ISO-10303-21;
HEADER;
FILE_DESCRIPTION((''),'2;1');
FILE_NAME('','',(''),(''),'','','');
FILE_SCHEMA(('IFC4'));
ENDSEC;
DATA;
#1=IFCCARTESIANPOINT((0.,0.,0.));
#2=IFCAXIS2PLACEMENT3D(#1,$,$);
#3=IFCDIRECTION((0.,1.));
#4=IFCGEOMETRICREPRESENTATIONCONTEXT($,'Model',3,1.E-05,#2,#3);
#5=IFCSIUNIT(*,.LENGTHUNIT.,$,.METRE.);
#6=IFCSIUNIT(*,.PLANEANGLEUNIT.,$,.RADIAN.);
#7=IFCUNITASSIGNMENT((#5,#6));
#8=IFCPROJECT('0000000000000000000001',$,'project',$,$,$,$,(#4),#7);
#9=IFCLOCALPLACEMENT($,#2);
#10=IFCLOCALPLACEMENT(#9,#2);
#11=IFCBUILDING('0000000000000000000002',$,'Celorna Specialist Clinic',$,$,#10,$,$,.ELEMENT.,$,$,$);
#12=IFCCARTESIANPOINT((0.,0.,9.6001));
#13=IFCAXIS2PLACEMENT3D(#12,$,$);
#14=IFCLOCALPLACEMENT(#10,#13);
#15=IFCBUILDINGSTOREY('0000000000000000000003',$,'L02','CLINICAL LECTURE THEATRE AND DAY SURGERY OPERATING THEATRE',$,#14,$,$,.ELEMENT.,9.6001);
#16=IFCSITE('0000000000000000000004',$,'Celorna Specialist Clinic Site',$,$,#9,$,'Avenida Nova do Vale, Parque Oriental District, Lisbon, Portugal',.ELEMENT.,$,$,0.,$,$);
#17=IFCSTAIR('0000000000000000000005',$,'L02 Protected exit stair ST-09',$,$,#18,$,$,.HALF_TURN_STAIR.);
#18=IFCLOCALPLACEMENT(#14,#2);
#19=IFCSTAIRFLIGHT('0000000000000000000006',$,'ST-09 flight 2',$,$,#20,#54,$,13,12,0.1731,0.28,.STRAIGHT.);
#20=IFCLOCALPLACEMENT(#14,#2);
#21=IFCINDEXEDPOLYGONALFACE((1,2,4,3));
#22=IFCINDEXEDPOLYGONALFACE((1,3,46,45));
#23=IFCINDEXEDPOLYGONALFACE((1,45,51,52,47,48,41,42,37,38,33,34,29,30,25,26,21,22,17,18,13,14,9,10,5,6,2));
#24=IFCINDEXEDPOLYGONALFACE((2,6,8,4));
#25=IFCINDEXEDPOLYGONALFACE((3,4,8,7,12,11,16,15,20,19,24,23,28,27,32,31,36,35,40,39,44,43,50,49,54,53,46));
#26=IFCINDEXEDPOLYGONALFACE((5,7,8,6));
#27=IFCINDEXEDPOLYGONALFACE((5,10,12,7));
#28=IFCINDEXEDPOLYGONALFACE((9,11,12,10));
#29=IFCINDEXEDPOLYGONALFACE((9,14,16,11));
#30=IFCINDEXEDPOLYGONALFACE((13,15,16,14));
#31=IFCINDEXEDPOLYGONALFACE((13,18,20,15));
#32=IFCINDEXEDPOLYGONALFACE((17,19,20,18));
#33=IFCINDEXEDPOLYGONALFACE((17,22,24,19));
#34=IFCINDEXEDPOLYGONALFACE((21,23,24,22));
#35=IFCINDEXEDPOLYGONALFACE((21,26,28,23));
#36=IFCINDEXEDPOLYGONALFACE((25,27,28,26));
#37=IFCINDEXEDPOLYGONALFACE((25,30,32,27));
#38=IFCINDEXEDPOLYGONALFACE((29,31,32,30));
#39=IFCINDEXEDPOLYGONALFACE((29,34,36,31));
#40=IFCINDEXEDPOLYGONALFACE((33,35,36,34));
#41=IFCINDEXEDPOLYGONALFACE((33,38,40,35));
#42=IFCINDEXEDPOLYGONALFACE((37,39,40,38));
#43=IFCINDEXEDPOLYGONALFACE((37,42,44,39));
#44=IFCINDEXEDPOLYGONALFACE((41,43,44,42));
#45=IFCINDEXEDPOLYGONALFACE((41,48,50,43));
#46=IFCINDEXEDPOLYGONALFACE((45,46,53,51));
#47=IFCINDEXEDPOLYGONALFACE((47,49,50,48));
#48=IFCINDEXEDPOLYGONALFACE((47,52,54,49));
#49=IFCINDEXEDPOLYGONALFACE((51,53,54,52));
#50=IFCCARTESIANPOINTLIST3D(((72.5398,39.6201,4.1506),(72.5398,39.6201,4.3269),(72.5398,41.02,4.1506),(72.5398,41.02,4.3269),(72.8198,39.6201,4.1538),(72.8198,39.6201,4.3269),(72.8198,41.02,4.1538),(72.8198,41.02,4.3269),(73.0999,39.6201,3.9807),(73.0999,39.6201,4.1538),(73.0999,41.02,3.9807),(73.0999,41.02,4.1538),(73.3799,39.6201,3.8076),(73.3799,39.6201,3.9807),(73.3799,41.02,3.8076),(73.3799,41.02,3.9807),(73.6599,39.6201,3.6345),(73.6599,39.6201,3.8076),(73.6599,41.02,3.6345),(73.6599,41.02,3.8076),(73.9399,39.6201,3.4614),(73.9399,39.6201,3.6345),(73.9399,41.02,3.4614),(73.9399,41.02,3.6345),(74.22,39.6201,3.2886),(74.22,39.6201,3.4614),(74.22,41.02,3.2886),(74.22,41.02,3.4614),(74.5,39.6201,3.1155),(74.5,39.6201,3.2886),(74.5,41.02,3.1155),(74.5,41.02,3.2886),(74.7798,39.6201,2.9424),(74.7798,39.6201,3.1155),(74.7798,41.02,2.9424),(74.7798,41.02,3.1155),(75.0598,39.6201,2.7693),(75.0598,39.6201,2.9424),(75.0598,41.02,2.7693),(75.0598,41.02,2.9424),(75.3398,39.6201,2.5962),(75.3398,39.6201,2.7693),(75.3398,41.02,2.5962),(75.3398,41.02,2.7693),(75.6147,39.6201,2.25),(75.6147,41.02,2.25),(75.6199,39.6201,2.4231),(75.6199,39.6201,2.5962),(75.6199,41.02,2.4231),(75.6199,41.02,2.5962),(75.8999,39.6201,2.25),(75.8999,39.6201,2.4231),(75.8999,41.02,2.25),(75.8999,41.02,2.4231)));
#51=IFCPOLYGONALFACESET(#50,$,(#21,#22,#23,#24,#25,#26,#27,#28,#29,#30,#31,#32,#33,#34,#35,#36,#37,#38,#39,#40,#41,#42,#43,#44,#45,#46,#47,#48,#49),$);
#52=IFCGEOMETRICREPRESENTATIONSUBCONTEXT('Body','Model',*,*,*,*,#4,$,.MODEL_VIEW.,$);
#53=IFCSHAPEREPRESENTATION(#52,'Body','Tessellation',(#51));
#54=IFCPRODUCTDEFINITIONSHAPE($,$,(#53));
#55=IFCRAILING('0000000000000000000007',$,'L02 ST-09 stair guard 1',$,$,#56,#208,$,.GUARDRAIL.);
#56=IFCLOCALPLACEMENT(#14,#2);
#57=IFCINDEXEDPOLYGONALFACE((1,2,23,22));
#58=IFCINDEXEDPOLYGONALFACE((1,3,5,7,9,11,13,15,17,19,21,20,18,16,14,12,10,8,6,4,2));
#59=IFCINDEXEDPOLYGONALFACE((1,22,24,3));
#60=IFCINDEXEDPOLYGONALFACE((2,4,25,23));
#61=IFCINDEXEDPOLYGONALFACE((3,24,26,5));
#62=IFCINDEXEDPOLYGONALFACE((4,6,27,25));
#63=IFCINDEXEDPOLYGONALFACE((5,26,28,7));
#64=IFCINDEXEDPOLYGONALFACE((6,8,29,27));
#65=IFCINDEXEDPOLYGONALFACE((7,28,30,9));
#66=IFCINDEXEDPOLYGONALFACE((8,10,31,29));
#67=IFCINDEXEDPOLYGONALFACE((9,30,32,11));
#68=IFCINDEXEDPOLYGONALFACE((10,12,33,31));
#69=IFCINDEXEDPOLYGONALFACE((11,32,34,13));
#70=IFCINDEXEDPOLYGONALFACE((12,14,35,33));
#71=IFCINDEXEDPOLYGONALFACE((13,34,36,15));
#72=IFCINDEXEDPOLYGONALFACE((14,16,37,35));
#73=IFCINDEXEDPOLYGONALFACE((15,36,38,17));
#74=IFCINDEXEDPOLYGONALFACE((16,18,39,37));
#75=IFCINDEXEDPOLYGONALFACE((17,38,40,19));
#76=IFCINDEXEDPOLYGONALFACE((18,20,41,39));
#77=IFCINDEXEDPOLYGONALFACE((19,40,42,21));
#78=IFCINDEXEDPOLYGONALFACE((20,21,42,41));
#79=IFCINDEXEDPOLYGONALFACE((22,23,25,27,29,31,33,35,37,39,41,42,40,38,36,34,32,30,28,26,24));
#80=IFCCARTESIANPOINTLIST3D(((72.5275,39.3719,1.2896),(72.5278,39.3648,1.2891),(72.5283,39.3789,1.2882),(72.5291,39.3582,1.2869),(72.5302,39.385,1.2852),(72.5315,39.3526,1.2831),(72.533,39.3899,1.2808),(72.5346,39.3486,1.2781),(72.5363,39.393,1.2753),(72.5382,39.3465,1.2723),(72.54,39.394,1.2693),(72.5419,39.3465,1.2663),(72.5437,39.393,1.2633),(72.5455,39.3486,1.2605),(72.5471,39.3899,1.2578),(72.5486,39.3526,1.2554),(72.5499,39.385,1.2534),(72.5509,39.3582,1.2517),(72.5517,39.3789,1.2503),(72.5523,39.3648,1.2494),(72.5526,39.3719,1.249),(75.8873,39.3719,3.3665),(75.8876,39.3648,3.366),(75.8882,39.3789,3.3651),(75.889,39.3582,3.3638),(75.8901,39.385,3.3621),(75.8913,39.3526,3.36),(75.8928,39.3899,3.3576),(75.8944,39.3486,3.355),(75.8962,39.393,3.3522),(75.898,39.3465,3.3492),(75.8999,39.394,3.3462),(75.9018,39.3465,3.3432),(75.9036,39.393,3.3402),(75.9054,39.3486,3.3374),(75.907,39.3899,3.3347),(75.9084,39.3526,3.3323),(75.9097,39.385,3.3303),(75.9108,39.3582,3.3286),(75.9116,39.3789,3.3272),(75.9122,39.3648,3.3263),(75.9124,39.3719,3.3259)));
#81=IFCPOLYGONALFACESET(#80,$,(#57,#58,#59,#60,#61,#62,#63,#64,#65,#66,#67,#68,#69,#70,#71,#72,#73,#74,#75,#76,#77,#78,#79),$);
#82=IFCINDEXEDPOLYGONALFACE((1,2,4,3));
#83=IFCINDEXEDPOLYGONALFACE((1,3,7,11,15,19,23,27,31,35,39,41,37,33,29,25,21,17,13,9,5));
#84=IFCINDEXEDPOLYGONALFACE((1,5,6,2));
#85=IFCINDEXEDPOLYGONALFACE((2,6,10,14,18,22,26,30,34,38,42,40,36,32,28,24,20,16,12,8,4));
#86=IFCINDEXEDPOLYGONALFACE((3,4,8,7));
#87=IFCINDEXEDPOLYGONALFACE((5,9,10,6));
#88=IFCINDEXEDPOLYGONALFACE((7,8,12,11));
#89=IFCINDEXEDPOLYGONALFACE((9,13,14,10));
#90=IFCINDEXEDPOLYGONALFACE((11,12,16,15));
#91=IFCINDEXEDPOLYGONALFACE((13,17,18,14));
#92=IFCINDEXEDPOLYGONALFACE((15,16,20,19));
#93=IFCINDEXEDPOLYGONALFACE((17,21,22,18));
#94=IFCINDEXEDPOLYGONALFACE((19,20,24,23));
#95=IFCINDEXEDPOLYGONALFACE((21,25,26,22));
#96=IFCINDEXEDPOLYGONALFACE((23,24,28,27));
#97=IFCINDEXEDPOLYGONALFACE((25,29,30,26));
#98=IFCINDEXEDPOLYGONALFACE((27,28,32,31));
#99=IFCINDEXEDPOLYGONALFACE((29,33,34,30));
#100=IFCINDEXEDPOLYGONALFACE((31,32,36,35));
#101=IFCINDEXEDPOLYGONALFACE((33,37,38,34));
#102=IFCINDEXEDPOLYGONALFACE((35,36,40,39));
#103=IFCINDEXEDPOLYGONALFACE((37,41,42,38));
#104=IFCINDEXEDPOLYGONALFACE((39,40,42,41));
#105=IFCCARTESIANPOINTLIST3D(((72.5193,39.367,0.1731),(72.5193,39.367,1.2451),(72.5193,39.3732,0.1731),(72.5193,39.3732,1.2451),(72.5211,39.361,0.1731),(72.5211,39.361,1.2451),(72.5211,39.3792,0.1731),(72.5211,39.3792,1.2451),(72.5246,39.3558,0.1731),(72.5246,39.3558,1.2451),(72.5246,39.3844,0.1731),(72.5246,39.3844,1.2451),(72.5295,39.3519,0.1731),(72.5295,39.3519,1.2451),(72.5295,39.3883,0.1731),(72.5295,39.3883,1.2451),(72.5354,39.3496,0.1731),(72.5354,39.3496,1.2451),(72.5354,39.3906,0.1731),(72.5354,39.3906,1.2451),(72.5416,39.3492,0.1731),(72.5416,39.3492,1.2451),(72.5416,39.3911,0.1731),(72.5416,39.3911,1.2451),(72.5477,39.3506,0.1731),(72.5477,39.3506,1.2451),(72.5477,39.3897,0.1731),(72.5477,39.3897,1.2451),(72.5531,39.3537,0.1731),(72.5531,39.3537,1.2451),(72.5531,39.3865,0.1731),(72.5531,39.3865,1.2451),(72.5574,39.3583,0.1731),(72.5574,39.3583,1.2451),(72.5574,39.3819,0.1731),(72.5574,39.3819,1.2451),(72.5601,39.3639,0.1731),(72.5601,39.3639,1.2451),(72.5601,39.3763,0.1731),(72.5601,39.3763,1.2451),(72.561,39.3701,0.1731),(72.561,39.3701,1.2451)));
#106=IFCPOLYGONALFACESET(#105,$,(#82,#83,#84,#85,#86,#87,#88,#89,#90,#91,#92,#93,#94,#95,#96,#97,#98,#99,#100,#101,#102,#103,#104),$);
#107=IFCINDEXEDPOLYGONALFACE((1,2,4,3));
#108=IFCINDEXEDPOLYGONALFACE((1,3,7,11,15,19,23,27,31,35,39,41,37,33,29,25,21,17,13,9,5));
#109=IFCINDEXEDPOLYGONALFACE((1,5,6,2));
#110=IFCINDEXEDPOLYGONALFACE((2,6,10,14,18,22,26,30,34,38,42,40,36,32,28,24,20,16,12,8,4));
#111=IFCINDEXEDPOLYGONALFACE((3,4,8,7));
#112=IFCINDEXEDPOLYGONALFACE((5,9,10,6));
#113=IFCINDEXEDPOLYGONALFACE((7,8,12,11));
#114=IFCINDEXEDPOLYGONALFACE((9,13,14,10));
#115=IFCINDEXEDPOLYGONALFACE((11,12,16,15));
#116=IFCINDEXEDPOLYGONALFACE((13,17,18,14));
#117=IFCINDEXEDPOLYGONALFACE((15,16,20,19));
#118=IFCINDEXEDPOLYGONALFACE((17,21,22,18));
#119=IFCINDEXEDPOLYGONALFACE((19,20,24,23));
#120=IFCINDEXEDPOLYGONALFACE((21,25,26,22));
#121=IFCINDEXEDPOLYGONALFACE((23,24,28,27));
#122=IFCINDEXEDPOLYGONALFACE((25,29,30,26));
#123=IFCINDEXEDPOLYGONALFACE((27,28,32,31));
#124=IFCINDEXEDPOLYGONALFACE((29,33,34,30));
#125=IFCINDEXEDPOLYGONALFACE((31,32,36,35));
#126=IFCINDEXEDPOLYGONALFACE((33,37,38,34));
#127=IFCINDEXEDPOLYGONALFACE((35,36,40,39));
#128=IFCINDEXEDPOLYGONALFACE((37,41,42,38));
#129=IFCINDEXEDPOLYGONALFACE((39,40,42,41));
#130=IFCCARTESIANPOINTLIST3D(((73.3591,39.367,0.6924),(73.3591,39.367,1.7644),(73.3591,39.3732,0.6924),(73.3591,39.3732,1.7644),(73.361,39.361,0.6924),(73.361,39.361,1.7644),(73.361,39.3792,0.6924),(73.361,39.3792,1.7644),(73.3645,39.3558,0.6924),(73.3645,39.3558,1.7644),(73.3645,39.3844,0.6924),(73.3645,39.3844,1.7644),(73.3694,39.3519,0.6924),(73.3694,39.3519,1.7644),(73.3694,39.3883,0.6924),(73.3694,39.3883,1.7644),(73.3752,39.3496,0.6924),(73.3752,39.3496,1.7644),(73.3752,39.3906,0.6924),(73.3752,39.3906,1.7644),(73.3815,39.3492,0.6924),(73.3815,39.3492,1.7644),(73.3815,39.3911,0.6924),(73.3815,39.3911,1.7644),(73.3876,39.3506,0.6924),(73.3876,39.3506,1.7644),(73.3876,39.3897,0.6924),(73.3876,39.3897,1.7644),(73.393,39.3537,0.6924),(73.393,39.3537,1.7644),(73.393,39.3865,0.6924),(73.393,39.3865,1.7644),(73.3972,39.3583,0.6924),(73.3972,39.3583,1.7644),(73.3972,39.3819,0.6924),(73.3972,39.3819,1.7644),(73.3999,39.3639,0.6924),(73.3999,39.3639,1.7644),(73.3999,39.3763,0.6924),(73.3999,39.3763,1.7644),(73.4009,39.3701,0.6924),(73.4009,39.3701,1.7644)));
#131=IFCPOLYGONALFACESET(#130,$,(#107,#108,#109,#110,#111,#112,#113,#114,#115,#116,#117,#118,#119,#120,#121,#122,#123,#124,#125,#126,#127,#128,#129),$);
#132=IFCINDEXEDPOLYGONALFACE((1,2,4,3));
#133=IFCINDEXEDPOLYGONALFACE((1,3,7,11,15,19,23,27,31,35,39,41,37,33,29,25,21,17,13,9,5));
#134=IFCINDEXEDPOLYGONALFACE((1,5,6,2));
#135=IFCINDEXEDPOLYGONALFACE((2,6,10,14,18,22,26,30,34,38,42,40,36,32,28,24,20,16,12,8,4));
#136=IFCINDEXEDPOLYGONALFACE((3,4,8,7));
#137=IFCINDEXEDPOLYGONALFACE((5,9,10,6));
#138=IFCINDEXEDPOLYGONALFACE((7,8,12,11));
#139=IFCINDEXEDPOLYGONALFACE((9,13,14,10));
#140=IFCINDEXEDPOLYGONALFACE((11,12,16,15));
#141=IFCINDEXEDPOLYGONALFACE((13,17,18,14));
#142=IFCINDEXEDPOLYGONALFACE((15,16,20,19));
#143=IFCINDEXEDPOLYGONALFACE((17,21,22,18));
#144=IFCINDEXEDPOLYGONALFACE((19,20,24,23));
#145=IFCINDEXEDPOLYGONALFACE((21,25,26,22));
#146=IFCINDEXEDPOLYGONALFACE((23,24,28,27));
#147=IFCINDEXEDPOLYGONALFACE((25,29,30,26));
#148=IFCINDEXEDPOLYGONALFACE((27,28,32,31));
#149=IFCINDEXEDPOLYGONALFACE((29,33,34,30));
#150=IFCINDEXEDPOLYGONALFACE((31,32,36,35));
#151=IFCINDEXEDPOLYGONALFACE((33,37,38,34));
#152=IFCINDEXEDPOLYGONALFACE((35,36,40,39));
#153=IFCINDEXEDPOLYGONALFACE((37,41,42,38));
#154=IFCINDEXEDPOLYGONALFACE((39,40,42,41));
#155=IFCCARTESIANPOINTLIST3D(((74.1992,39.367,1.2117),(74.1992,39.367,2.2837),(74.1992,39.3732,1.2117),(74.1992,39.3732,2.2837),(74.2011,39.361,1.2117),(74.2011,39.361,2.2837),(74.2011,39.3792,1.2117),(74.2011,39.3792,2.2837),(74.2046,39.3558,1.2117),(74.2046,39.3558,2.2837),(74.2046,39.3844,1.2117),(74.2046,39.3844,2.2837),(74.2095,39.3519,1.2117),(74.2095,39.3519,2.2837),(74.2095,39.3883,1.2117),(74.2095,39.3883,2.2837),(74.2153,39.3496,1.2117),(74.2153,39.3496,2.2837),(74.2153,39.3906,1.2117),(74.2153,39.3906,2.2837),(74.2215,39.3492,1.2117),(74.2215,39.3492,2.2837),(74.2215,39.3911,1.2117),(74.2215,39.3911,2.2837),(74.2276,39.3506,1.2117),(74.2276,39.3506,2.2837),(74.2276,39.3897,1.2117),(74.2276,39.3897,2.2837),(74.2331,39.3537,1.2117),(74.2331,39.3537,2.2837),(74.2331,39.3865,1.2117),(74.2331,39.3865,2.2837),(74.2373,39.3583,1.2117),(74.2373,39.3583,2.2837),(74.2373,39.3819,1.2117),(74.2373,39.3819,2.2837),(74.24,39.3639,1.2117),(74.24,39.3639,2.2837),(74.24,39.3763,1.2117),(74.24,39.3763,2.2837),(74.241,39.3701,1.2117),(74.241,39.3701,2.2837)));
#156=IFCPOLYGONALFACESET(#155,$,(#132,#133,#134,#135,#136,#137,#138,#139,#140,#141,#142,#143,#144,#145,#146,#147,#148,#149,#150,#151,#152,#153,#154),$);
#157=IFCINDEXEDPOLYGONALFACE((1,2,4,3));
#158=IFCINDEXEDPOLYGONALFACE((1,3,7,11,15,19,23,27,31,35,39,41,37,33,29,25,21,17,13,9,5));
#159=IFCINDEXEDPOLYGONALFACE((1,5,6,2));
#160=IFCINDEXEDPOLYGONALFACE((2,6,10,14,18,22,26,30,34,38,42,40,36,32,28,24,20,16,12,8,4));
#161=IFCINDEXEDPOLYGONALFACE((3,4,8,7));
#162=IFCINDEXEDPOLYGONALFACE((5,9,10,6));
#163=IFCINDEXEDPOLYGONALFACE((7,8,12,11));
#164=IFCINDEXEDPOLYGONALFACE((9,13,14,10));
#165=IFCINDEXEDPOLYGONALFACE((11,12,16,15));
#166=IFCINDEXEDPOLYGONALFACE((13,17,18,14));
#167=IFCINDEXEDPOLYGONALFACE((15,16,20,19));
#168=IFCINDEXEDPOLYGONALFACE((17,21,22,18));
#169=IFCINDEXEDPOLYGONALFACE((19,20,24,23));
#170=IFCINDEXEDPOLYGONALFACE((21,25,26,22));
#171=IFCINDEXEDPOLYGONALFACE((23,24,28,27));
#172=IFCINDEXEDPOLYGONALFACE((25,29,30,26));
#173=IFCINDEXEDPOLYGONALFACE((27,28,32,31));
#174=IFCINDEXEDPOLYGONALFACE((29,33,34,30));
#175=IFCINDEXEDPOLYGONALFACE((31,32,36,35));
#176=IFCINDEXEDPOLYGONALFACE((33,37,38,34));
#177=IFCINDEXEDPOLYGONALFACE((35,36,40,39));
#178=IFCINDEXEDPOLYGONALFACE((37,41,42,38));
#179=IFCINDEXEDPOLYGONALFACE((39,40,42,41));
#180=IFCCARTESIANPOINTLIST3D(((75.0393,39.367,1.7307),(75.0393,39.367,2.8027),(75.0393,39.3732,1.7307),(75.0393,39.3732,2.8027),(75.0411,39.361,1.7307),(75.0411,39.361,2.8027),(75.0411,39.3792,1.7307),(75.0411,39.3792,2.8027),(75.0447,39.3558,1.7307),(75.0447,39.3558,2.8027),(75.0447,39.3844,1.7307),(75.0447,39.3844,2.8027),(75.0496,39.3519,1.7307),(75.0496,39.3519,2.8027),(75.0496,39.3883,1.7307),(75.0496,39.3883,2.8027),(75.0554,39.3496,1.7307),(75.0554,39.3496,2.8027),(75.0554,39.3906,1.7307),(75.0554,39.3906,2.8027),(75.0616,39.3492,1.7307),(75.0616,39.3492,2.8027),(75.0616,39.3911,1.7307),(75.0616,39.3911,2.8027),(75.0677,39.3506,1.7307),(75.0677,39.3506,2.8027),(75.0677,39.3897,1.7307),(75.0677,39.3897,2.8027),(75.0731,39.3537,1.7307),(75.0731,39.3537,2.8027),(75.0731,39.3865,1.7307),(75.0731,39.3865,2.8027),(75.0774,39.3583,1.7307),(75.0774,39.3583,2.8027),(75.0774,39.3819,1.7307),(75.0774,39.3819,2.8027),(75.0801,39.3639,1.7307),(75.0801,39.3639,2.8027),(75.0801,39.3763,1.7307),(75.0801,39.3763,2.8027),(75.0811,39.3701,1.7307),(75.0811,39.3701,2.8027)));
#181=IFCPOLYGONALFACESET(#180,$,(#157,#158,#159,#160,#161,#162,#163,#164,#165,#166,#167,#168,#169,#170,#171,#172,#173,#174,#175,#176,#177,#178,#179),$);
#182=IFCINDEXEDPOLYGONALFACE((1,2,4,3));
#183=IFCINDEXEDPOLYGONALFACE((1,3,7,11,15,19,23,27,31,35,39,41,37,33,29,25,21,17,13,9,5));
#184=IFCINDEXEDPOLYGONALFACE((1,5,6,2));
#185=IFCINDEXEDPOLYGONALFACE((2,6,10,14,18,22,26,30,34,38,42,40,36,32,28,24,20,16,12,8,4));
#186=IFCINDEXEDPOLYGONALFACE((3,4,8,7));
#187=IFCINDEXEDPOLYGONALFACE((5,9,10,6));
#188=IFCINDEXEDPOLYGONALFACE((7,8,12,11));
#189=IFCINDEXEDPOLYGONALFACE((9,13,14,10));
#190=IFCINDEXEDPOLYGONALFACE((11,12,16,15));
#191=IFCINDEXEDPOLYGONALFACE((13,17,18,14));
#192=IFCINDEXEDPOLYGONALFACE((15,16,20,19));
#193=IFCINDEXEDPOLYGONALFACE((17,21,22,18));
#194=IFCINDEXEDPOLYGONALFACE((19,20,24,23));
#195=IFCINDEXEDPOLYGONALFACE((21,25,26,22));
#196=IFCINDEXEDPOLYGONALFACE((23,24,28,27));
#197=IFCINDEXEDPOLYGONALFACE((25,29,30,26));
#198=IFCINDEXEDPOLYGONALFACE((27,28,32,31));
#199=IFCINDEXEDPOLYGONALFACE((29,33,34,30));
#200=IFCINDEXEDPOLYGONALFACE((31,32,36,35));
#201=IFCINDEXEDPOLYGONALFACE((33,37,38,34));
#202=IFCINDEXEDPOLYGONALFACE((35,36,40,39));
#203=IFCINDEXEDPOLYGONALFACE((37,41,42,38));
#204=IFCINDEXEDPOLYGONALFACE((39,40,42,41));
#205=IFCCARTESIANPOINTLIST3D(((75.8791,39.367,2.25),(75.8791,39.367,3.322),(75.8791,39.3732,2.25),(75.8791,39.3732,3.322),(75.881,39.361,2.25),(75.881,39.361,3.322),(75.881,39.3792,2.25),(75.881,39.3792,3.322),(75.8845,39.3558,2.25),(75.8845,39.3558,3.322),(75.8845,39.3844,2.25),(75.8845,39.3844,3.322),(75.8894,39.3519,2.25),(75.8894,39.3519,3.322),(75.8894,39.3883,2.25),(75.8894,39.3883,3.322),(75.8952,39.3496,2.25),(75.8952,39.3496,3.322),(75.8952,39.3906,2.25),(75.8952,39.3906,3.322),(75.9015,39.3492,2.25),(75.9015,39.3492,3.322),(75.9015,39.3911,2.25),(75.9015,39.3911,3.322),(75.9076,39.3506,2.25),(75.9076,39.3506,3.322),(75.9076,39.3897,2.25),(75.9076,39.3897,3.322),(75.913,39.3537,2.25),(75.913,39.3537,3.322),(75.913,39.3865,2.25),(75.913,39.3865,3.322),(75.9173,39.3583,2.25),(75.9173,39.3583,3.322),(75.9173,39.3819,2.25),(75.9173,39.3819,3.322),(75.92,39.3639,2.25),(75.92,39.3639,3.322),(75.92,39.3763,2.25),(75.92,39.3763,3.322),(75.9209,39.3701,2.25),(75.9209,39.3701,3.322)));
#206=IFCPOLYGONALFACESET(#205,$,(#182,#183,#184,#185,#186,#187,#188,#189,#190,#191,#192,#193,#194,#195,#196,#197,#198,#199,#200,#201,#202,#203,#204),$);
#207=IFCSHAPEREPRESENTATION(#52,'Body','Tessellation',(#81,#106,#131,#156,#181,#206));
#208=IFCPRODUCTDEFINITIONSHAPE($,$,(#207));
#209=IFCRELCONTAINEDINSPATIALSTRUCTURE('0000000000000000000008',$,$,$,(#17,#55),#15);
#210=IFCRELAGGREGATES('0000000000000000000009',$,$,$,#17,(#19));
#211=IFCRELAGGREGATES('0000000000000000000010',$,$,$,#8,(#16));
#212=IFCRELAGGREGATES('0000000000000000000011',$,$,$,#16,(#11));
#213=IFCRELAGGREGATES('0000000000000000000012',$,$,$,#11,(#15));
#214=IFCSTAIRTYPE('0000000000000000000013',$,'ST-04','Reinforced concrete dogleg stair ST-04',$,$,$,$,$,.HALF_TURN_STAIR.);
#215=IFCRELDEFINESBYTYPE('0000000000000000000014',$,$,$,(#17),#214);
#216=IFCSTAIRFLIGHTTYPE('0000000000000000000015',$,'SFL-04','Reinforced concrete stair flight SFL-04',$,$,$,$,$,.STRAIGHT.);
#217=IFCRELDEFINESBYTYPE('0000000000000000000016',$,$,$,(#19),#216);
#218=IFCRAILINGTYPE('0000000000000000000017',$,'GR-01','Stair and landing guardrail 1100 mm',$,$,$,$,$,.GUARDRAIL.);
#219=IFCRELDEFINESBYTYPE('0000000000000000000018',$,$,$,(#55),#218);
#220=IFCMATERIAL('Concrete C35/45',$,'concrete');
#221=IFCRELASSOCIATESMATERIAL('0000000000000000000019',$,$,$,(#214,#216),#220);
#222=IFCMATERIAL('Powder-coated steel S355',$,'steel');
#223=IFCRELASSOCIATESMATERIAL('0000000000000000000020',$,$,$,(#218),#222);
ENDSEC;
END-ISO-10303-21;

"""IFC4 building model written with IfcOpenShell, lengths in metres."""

from ifc_helpers import new_model, si_unit, direction, frame, origin, origin_2d, place, context, subcontext, project, spatial, polyline, circle, outline, extrude, material, type_object, element, aggregate, save


model = new_model("IFC4")

# Units and contexts
model_context = context("Model", 3, precision=1e-05, world=origin(), true_north=direction((0.0, 1.0)))
body_context = subcontext(model_context, "Body", "Model", "MODEL_VIEW")
ifc_project = project(units=[si_unit("LENGTHUNIT", "METRE"), si_unit("PLANEANGLEUNIT", "RADIAN")], contexts=[model_context])

# Site, building, storey
site_placement = place(None, origin())
site = spatial("IfcSite", under=ifc_project, at=site_placement, Name="Celorna Specialist Clinic Site", LongName="Avenida Nova do Vale, Parque Oriental District, Lisbon, Portugal", CompositionType="ELEMENT", RefElevation=0.0)
building_placement = place(site_placement, origin())
building = spatial("IfcBuilding", under=site, at=building_placement, Name="Celorna Specialist Clinic", CompositionType="ELEMENT")
storey_placement = place(building_placement, frame((0.0, 0.0, 9.6001)))
storey = spatial("IfcBuildingStorey", under=building, at=storey_placement, Name="L02", Description="CLINICAL LECTURE THEATRE AND DAY SURGERY OPERATING THEATRE", CompositionType="ELEMENT", Elevation=9.6001)

# Shared definitions
ifc_material_1 = material(Name="Concrete C35/45", Category="concrete")

# Stair, stair flight
stair_type = type_object("IfcStairType", Name="ST-04", Description="Reinforced concrete dogleg stair ST-04", PredefinedType="HALF_TURN_STAIR", material=ifc_material_1)
stair_placement = place(storey_placement, origin())
stair = element("IfcStair", 1, at=stair_placement, inside=storey, type_object=stair_type, Name="L02 Protected exit stair ST-09", PredefinedType="HALF_TURN_STAIR")
stair_flight_type = type_object("IfcStairFlightType", Name="SFL-04", Description="Reinforced concrete stair flight SFL-04", PredefinedType="STRAIGHT", material=ifc_material_1)
stair_flight_1_placement = place(storey_placement, frame((75.8999, 40.3201, 2.25), z_axis=(0.0, 0.0, 1.0), x_axis=(-1.0, 0.0, 0.0)))
stair_flight_1 = element("IfcStairFlight", 2, at=stair_flight_1_placement, type_object=stair_flight_type, Name="ST-09 flight 2", NumberOfRisers=13, NumberOfTreads=12, PredefinedType="STRAIGHT", RiserHeight=0.1731, TreadLength=0.28, context=body_context, shape_type="SweptSolid", body=[
    extrude(outline(polyline([(0.0, 0.0), (0.0, 0.1731), (0.28, 0.1731), (0.28, 0.3462), (0.5601, 0.3462), (0.5601, 0.5193), (0.8401, 0.5193), (0.8401, 0.6924), (1.1201, 0.6924), (1.1201, 0.8655), (1.3999, 0.8655), (1.3999, 1.0386), (1.6799, 1.0386), (1.6799, 1.2114), (1.96, 1.2114), (1.96, 1.3845), (2.24, 1.3845), (2.24, 1.5576), (2.52, 1.5576), (2.52, 1.7307), (2.8, 1.7307), (2.8, 1.9038), (3.0801, 1.9038), (3.0801, 2.0769), (3.3601, 2.0769), (3.3601, 2.25), (3.3601, 1.9006), (0.2852, 0.0), (0.0, 0.0)])), frame((0.0, 0.7, 0.0), z_axis=(0.0, -1.0, 0.0), x_axis=(1.0, 0.0, 0.0)), (0.0, 0.0, 1.0), 1.3999),
])
aggregate(stair, [stair_flight_1])

# Railing
ifc_material_2 = material(Name="Powder-coated steel S355", Category="steel")
railing_type_1 = type_object("IfcRailingType", Name="GR-01", Description="Stair and landing guardrail 1100 mm", PredefinedType="GUARDRAIL", material=ifc_material_2)
railing_1_placement = place(storey_placement, frame((72.54, 39.3701, 0.1731)))
element("IfcRailing", 3, at=railing_1_placement, inside=storey, type_object=railing_type_1, Name="L02 ST-09 stair guard 1", PredefinedType="GUARDRAIL", context=body_context, shape_type="SweptSolid", body=[
    extrude(circle(Radius=0.0239, at=origin_2d()), frame((0.0, 0.0, 1.0962), z_axis=(0.850606, 0.0, 0.525803), x_axis=(0.0, 1.0, 0.0)), (0.0, 0.0, 1.0), 3.95),
    extrude(circle(Radius=0.021, at=origin_2d()), origin(), (0.0, 0.0, 1.0), 1.072),
    extrude(circle(Radius=0.021, at=origin_2d()), frame((0.8398, 0.0, 0.5193)), (0.0, 0.0, 1.0), 1.072),
    extrude(circle(Radius=0.021, at=origin_2d()), frame((1.6799, 0.0, 1.0386)), (0.0, 0.0, 1.0), 1.072),
    extrude(circle(Radius=0.021, at=origin_2d()), frame((2.52, 0.0, 1.5576)), (0.0, 0.0, 1.0), 1.072),
    extrude(circle(Radius=0.021, at=origin_2d()), frame((3.3599, 0.0, 2.0769)), (0.0, 0.0, 1.0), 1.072),
])

save(model, "model.ifc")
